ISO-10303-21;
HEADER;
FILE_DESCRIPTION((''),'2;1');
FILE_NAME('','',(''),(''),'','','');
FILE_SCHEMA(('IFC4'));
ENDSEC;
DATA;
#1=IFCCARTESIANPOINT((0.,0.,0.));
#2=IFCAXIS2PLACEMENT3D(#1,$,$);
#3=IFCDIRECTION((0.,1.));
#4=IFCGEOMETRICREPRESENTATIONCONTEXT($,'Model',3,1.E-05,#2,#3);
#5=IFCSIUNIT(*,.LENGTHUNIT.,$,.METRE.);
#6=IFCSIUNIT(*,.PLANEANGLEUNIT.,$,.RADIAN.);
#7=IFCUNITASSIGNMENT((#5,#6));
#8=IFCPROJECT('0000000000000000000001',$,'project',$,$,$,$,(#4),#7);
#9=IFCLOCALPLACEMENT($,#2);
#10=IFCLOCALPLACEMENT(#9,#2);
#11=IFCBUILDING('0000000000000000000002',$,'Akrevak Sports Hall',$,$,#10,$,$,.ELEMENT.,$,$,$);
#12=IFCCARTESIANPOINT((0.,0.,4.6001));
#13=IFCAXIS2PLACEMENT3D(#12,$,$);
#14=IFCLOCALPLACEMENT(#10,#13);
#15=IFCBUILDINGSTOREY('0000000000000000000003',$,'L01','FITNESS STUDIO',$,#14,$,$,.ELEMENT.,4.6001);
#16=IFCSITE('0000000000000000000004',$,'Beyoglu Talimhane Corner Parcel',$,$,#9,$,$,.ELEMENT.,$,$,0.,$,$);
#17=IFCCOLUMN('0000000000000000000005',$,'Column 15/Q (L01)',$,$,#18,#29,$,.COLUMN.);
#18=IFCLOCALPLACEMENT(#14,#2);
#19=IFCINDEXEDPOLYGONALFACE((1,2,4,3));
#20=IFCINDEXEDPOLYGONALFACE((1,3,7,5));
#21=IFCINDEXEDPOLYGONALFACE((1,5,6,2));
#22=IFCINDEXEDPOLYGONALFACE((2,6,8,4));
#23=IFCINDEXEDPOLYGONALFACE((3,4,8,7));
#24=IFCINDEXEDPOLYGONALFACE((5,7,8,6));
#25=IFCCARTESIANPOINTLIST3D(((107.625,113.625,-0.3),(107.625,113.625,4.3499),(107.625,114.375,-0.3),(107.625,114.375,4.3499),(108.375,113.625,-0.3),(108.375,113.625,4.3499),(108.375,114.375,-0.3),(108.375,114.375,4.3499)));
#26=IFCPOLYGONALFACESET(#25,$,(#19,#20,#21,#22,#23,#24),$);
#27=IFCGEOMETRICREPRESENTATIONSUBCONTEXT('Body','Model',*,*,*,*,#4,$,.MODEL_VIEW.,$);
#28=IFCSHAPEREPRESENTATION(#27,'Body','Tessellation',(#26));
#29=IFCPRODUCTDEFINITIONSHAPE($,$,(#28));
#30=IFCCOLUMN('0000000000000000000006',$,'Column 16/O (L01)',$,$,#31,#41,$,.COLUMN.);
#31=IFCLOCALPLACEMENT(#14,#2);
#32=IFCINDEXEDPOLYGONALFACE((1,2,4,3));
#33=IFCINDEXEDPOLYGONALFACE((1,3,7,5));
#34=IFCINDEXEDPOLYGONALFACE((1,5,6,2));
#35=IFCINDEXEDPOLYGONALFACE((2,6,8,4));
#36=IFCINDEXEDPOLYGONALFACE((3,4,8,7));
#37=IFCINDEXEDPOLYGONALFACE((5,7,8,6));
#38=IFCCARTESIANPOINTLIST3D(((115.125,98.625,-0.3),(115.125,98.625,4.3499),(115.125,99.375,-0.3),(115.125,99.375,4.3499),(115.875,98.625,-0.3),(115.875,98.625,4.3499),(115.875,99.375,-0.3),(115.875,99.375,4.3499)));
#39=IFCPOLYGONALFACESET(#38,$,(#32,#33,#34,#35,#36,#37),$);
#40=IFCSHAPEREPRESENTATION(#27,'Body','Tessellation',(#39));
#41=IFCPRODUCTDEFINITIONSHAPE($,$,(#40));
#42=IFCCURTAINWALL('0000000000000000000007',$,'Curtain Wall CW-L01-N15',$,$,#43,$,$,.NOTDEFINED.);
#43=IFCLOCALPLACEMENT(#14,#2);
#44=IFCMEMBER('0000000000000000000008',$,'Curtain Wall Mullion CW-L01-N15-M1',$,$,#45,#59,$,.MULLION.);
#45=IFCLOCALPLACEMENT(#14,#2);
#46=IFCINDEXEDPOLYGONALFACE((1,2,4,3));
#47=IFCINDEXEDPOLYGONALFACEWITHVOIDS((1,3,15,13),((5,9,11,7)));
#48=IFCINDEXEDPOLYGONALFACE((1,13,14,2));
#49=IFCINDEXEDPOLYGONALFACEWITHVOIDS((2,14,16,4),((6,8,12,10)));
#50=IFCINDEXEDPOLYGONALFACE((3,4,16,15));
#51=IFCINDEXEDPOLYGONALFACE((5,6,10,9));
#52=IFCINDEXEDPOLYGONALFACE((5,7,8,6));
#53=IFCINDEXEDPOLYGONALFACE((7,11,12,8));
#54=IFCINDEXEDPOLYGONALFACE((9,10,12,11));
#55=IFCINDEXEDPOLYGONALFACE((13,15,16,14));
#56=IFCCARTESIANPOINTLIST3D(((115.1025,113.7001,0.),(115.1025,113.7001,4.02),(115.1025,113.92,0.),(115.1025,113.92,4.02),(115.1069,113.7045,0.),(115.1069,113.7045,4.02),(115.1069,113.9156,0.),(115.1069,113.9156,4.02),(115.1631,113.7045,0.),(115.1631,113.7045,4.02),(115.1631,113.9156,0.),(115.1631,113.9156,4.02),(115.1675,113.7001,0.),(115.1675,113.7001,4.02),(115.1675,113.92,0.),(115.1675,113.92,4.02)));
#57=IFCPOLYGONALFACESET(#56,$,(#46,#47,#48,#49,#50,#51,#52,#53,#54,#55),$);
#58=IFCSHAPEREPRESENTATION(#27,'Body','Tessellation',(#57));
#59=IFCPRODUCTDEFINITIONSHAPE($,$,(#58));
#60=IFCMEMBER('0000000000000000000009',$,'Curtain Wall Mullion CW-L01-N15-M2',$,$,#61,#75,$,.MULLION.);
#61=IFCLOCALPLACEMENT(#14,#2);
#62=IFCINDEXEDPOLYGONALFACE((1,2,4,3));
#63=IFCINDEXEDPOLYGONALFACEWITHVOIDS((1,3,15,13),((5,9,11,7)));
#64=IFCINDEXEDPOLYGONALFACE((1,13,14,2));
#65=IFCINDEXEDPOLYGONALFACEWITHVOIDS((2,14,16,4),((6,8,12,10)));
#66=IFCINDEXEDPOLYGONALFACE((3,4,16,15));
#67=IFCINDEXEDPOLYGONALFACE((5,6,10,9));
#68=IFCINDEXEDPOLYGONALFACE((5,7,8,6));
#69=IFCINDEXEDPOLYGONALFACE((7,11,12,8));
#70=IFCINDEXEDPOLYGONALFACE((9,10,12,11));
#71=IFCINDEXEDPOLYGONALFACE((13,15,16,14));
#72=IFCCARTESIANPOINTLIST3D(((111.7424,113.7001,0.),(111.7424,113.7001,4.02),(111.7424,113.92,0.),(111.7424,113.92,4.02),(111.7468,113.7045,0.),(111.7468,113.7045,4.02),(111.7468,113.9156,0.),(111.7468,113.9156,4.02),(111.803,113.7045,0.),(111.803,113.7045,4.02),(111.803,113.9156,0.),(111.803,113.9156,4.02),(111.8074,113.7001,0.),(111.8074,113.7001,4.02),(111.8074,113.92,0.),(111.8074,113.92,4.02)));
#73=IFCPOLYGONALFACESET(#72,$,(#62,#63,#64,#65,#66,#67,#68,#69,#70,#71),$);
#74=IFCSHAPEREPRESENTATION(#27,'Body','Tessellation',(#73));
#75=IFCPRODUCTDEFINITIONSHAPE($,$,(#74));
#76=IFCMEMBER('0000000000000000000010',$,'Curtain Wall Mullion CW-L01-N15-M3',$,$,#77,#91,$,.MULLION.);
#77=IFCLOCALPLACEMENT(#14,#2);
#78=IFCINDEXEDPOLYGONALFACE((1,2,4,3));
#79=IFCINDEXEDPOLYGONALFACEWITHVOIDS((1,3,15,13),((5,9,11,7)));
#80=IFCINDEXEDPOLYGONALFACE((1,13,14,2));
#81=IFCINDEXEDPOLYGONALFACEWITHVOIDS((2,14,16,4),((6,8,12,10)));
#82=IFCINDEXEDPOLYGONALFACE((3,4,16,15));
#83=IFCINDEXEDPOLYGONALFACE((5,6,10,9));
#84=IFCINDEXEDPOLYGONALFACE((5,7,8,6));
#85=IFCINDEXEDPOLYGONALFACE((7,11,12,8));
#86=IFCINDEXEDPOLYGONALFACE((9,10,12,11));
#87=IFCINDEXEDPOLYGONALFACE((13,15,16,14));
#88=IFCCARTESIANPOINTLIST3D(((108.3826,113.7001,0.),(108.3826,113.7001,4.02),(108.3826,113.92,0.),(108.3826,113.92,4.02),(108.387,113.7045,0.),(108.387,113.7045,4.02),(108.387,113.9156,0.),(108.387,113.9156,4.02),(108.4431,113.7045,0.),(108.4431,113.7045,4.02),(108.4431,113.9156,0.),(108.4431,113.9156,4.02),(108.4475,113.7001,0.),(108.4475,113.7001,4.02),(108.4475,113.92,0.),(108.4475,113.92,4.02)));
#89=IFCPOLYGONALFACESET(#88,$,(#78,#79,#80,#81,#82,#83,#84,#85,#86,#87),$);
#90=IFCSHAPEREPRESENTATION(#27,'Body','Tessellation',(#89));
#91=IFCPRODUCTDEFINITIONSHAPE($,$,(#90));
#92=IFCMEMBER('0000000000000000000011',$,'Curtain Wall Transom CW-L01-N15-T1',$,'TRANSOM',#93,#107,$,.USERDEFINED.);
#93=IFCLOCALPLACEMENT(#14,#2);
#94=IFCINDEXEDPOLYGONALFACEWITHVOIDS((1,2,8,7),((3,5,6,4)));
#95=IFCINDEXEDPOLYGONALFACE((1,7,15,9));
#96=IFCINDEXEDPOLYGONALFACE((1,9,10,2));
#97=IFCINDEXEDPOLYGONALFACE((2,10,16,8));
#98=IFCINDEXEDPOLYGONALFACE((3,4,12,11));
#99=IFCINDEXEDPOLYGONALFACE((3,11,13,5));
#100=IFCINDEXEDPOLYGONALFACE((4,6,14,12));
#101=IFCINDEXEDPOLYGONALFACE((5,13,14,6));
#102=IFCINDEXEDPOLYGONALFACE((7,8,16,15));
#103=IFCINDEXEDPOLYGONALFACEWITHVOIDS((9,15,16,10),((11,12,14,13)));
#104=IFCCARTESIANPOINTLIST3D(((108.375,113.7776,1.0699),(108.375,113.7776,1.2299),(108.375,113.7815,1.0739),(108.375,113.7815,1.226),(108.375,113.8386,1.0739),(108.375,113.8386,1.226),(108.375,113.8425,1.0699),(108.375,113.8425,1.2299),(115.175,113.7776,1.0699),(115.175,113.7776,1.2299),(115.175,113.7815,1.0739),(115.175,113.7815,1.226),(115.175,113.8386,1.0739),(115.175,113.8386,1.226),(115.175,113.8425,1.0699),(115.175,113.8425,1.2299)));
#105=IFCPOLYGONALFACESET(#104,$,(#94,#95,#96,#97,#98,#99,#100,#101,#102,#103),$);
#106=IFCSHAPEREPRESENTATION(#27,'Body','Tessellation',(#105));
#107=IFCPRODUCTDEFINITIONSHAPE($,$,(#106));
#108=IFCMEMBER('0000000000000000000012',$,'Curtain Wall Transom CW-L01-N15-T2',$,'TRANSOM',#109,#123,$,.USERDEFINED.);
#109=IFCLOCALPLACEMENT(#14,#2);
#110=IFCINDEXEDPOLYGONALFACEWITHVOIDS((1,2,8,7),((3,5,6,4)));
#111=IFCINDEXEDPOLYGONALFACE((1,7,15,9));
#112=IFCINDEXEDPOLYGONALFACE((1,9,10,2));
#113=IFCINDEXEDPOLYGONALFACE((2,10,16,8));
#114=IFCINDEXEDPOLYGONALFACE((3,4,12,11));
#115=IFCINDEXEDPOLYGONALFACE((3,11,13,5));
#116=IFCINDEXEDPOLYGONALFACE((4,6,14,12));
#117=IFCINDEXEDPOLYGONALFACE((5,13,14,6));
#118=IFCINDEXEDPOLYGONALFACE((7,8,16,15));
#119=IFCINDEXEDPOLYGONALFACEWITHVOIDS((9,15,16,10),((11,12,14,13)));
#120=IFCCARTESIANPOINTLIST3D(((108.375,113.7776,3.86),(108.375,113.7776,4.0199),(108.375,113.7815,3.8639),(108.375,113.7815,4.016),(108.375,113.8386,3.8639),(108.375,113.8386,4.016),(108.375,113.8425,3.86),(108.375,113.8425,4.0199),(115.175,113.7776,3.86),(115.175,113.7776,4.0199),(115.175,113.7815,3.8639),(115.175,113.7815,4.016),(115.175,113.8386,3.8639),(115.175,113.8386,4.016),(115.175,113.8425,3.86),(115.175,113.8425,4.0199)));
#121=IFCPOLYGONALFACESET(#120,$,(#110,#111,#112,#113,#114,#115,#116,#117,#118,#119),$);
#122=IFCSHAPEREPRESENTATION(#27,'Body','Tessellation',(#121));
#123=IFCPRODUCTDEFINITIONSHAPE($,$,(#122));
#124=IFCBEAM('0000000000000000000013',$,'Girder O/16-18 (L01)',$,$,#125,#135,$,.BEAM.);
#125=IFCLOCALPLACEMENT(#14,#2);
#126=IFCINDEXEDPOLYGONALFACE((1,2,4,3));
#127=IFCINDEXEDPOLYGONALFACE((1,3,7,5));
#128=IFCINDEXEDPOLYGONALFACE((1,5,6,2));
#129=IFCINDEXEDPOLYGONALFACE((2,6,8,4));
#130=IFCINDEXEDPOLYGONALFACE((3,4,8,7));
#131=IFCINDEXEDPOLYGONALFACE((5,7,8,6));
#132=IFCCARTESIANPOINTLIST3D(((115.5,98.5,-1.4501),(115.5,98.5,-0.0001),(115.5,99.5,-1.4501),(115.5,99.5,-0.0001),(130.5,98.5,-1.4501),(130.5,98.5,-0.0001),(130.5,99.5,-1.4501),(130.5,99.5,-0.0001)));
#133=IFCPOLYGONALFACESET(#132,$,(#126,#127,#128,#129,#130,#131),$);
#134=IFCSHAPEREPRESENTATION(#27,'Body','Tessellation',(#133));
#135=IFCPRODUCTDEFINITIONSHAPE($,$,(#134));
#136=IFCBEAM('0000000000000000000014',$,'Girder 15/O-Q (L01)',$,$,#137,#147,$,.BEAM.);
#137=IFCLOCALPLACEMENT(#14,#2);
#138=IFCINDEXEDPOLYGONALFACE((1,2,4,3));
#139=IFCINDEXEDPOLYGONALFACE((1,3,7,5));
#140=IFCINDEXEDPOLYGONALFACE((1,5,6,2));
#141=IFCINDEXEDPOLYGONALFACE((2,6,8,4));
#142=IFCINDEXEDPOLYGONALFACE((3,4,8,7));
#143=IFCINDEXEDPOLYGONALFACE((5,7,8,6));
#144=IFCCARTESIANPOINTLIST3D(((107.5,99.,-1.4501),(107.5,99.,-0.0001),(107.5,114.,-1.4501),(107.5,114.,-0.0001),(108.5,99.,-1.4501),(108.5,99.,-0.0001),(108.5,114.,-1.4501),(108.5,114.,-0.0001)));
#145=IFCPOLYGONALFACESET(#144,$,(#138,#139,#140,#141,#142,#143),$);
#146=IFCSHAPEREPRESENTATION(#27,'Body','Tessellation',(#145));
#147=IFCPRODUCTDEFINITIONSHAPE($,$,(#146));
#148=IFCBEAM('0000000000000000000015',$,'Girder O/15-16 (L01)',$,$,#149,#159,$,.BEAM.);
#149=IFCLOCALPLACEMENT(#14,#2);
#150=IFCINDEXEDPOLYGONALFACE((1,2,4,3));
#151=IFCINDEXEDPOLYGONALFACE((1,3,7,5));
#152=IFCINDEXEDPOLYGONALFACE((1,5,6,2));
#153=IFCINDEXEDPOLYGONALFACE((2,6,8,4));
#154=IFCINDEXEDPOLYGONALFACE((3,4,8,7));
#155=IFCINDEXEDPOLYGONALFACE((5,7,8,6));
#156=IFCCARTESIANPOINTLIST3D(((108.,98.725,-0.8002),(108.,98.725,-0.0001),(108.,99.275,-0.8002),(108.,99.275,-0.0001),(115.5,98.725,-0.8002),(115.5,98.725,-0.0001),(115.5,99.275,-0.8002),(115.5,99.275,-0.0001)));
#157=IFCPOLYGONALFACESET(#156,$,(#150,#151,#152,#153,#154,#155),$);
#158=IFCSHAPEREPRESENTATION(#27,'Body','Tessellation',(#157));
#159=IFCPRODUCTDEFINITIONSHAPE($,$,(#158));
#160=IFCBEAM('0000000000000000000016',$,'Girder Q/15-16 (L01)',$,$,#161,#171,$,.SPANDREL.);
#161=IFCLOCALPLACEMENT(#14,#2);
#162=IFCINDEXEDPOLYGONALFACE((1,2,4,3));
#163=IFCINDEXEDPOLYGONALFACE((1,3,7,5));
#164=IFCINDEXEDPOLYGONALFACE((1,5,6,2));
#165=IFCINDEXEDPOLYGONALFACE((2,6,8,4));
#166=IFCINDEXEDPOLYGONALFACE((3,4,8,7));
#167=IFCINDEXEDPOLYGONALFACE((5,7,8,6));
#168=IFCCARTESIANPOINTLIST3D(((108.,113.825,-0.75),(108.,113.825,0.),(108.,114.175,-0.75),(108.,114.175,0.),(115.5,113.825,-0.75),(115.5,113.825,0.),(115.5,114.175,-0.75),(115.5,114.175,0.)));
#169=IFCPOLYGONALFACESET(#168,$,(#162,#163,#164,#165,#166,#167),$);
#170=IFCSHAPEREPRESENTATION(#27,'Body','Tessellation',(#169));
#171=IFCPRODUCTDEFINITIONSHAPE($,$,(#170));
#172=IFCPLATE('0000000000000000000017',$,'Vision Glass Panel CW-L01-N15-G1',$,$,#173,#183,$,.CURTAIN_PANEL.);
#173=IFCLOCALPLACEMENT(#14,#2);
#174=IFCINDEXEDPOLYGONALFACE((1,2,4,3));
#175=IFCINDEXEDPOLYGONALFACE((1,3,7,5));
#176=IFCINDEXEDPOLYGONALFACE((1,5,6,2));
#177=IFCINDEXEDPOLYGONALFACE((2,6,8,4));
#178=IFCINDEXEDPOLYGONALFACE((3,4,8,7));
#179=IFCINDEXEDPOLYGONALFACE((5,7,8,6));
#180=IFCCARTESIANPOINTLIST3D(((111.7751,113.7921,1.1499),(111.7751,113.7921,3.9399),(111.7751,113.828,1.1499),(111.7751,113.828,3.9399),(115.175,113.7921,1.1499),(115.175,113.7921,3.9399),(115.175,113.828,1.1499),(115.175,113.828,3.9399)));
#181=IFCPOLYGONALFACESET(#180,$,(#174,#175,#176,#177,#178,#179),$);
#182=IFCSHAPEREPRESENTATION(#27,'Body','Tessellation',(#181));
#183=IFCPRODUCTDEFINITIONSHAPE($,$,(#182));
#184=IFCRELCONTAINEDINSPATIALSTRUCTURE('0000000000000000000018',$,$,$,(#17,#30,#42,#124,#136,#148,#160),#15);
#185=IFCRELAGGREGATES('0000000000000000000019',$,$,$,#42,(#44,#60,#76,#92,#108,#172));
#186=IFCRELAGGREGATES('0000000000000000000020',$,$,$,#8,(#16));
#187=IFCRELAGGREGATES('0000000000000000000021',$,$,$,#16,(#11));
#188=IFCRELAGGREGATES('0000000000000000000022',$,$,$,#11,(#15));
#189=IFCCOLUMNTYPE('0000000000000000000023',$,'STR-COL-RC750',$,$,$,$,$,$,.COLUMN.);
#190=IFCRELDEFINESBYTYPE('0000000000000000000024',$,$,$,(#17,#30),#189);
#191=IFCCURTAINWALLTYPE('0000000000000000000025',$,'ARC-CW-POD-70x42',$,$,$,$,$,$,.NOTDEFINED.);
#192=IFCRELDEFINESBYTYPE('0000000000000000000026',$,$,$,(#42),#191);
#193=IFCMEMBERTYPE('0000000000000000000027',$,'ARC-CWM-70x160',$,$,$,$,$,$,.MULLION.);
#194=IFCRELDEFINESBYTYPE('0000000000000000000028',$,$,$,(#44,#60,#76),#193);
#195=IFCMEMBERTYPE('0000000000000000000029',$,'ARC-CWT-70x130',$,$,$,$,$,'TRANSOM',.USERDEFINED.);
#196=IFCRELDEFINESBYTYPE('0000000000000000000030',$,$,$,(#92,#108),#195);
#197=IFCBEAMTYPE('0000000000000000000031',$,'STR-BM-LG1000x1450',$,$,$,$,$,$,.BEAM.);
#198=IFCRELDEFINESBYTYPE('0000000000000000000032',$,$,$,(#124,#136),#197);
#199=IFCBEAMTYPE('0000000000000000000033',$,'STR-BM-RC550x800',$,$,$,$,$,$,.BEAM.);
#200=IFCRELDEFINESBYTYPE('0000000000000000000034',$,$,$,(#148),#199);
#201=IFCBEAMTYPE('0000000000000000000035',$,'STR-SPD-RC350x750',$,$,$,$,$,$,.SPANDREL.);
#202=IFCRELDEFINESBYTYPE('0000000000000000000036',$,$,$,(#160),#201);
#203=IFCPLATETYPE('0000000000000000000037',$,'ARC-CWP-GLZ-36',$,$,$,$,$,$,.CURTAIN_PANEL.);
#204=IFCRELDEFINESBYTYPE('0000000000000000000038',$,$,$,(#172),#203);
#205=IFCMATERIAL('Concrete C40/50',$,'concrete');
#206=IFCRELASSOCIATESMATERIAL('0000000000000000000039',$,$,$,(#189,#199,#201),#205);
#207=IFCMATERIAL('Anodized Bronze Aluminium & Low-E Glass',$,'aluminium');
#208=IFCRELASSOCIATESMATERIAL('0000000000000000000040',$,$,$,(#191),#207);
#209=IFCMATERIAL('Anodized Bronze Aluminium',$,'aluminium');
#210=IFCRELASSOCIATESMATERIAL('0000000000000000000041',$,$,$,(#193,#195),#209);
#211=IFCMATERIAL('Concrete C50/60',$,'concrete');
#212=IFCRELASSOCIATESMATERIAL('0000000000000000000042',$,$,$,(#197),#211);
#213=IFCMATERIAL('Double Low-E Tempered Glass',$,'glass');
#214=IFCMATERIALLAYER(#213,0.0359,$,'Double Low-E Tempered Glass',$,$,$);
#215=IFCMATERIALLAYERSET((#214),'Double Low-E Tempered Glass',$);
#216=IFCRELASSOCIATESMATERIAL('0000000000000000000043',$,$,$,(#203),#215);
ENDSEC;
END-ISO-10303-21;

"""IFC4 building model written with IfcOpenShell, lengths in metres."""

from ifc_helpers import new_model, si_unit, direction, frame, origin, origin_2d, place, context, subcontext, project, spatial, rectangle, hollow_rectangle, extrude, material, layer, layer_set, material_profile, profile_set, type_object, element, aggregate, save


model = new_model("IFC4")

# Units and contexts
model_context = context("Model", 3, precision=1e-05, world=origin(), true_north=direction((0.0, 1.0)))
body_context = subcontext(model_context, "Body", "Model", "MODEL_VIEW")
ifc_project = project(units=[si_unit("LENGTHUNIT", "METRE"), si_unit("PLANEANGLEUNIT", "RADIAN")], contexts=[model_context])

# Site, building, storey
site_placement = place(None, origin())
site = spatial("IfcSite", under=ifc_project, at=site_placement, Name="Beyoglu Talimhane Corner Parcel", CompositionType="ELEMENT", RefElevation=0.0)
building_placement = place(site_placement, origin())
building = spatial("IfcBuilding", under=site, at=building_placement, Name="Akrevak Sports Hall", CompositionType="ELEMENT")
storey_placement = place(building_placement, frame((0.0, 0.0, 4.6001)))
storey = spatial("IfcBuildingStorey", under=building, at=storey_placement, Name="L01", Description="FITNESS STUDIO", CompositionType="ELEMENT", Elevation=4.6001)

# Columns
ifc_material_1 = material(Name="Concrete C40/50", Category="concrete")
ifc_material_profile_1 = material_profile(ifc_material_1, rectangle(XDim=0.75, YDim=0.75, at=origin_2d()), Name="RC 750x750", Category="concrete")
ifc_profile_set_1 = profile_set([ifc_material_profile_1], Name="Concrete C40/50")
column_type = type_object("IfcColumnType", Name="STR-COL-RC750", PredefinedType="COLUMN", material=ifc_profile_set_1)
for number, where, z_axis, x_axis, name in (
    (1, (108.0, 114.0, -0.3), (0.0, 0.0, 1.0), (1.0, 0.0, 0.0), "Column 15/Q (L01)"),
    (2, (115.5, 99.0, -0.3), (0.0, 0.0, 1.0), (1.0, 0.0, 0.0), "Column 16/O (L01)"),
):
    element("IfcColumn", number, at=place(storey_placement, frame(where, z_axis=z_axis, x_axis=x_axis)), inside=storey, type_object=column_type, Name=name, PredefinedType="COLUMN", context=body_context, shape_type="SweptSolid", body=[
        extrude(rectangle(XDim=0.75, YDim=0.75, at=origin_2d()), origin(), (0.0, 0.0, 1.0), 4.6499),
    ])

# Curtain wall, members
ifc_material_2 = material(Name="Anodized Bronze Aluminium & Low-E Glass", Category="aluminium")
curtain_wall_type = type_object("IfcCurtainWallType", Name="ARC-CW-POD-70x42", PredefinedType="NOTDEFINED", material=ifc_material_2)
curtain_wall_placement = place(storey_placement, origin())
curtain_wall = element("IfcCurtainWall", 3, at=curtain_wall_placement, inside=storey, type_object=curtain_wall_type, Name="Curtain Wall CW-L01-N15", PredefinedType="NOTDEFINED")
ifc_material_3 = material(Name="Anodized Bronze Aluminium", Category="aluminium")
ifc_material_profile_2 = material_profile(ifc_material_3, hollow_rectangle(XDim=0.0649, YDim=0.22, WallThickness=0.0044, at=origin_2d()), Name="CWM 65x220", Category="aluminium")
ifc_profile_set_2 = profile_set([ifc_material_profile_2], Name="Anodized Bronze Aluminium")
member_type_1 = type_object("IfcMemberType", Name="ARC-CWM-70x160", PredefinedType="MULLION", material=ifc_profile_set_2)
member_1_placement = place(storey_placement, frame((115.135, 113.8101, 0.0), z_axis=(0.0, 0.0, 1.0), x_axis=(-1.0, 0.0, 0.0)))
member_1 = element("IfcMember", 4, at=member_1_placement, type_object=member_type_1, Name="Curtain Wall Mullion CW-L01-N15-M1", PredefinedType="MULLION", context=body_context, shape_type="SweptSolid", body=[
    extrude(hollow_rectangle(XDim=0.0649, YDim=0.22, WallThickness=0.0044, at=origin_2d()), origin(), (0.0, 0.0, 1.0), 4.02),
])
member_2_placement = place(storey_placement, frame((111.7749, 113.8101, 0.0), z_axis=(0.0, 0.0, 1.0), x_axis=(-1.0, 0.0, 0.0)))
member_2 = element("IfcMember", 5, at=member_2_placement, type_object=member_type_1, Name="Curtain Wall Mullion CW-L01-N15-M2", PredefinedType="MULLION", context=body_context, shape_type="SweptSolid", body=[
    extrude(hollow_rectangle(XDim=0.0649, YDim=0.22, WallThickness=0.0044, at=origin_2d()), origin(), (0.0, 0.0, 1.0), 4.02),
])
member_3_placement = place(storey_placement, frame((108.415, 113.8101, 0.0), z_axis=(0.0, 0.0, 1.0), x_axis=(-1.0, 0.0, 0.0)))
member_3 = element("IfcMember", 6, at=member_3_placement, type_object=member_type_1, Name="Curtain Wall Mullion CW-L01-N15-M3", PredefinedType="MULLION", context=body_context, shape_type="SweptSolid", body=[
    extrude(hollow_rectangle(XDim=0.0649, YDim=0.22, WallThickness=0.0044, at=origin_2d()), origin(), (0.0, 0.0, 1.0), 4.02),
])
ifc_material_profile_3 = material_profile(ifc_material_3, hollow_rectangle(XDim=0.0649, YDim=0.1599, WallThickness=0.0039, at=origin_2d()), Name="CWT 65x160", Category="aluminium")
ifc_profile_set_3 = profile_set([ifc_material_profile_3], Name="Anodized Bronze Aluminium")
member_type_2 = type_object("IfcMemberType", Name="ARC-CWT-70x130", ElementType="TRANSOM", PredefinedType="USERDEFINED", material=ifc_profile_set_3)
member_4_placement = place(storey_placement, frame((115.175, 113.8101, 1.1499), z_axis=(-1.0, 0.0, 0.0), x_axis=(0.0, -1.0, 0.0)))
member_4 = element("IfcMember", 7, at=member_4_placement, type_object=member_type_2, Name="Curtain Wall Transom CW-L01-N15-T1", ObjectType="TRANSOM", PredefinedType="USERDEFINED", context=body_context, shape_type="SweptSolid", body=[
    extrude(hollow_rectangle(XDim=0.0649, YDim=0.1599, WallThickness=0.0039, at=origin_2d()), origin(), (0.0, 0.0, 1.0), 6.8),
])
member_5_placement = place(storey_placement, frame((115.175, 113.8101, 3.9399), z_axis=(-1.0, 0.0, 0.0), x_axis=(0.0, -1.0, 0.0)))
member_5 = element("IfcMember", 8, at=member_5_placement, type_object=member_type_2, Name="Curtain Wall Transom CW-L01-N15-T2", ObjectType="TRANSOM", PredefinedType="USERDEFINED", context=body_context, shape_type="SweptSolid", body=[
    extrude(hollow_rectangle(XDim=0.0649, YDim=0.1599, WallThickness=0.0039, at=origin_2d()), origin(), (0.0, 0.0, 1.0), 6.8),
])

# Beams
ifc_material_4 = material(Name="Concrete C50/60", Category="concrete")
ifc_material_profile_4 = material_profile(ifc_material_4, rectangle(XDim=1.0, YDim=1.45, at=origin_2d()), Name="BM 1000x1450", Category="concrete")
ifc_profile_set_4 = profile_set([ifc_material_profile_4], Name="Concrete C50/60")
beam_type_1 = type_object("IfcBeamType", Name="STR-BM-LG1000x1450", PredefinedType="BEAM", material=ifc_profile_set_4)
for number, where, z_axis, x_axis, name in (
    (9, (115.5, 99.0, -0.7251), (1.0, 0.0, 0.0), (0.0, 1.0, 0.0), "Girder O/16-18 (L01)"),
    (10, (108.0, 99.0, -0.7251), (0.0, 1.0, 0.0), (-1.0, 0.0, 0.0), "Girder 15/O-Q (L01)"),
):
    element("IfcBeam", number, at=place(storey_placement, frame(where, z_axis=z_axis, x_axis=x_axis)), inside=storey, type_object=beam_type_1, Name=name, PredefinedType="BEAM", context=body_context, shape_type="SweptSolid", body=[
        extrude(rectangle(XDim=1.0, YDim=1.45, at=origin_2d()), origin(), (0.0, 0.0, 1.0), 15.0),
    ])
ifc_material_profile_5 = material_profile(ifc_material_1, rectangle(XDim=0.55, YDim=0.8, at=origin_2d()), Name="BM 550x800", Category="concrete")
ifc_profile_set_5 = profile_set([ifc_material_profile_5], Name="Concrete C40/50")
beam_type_2 = type_object("IfcBeamType", Name="STR-BM-RC550x800", PredefinedType="BEAM", material=ifc_profile_set_5)
beam_1_placement = place(storey_placement, frame((108.0, 99.0, -0.4001), z_axis=(1.0, 0.0, 0.0), x_axis=(0.0, 1.0, 0.0)))
element("IfcBeam", 11, at=beam_1_placement, inside=storey, type_object=beam_type_2, Name="Girder O/15-16 (L01)", PredefinedType="BEAM", context=body_context, shape_type="SweptSolid", body=[
    extrude(rectangle(XDim=0.55, YDim=0.8, at=origin_2d()), origin(), (0.0, 0.0, 1.0), 7.5),
])
ifc_material_profile_6 = material_profile(ifc_material_1, rectangle(XDim=0.3501, YDim=0.75, at=origin_2d()), Name="SPD 350x750", Category="concrete")
ifc_profile_set_6 = profile_set([ifc_material_profile_6], Name="Concrete C40/50")
beam_type_3 = type_object("IfcBeamType", Name="STR-SPD-RC350x750", PredefinedType="SPANDREL", material=ifc_profile_set_6)
beam_2_placement = place(storey_placement, frame((108.0, 114.0, -0.375), z_axis=(1.0, 0.0, 0.0), x_axis=(0.0, 1.0, 0.0)))
element("IfcBeam", 12, at=beam_2_placement, inside=storey, type_object=beam_type_3, Name="Girder Q/15-16 (L01)", PredefinedType="SPANDREL", context=body_context, shape_type="SweptSolid", body=[
    extrude(rectangle(XDim=0.3501, YDim=0.75, at=origin_2d()), origin(), (0.0, 0.0, 1.0), 7.5),
])

# Plate
ifc_material_5 = material(Name="Double Low-E Tempered Glass", Category="glass")
ifc_layer_1 = layer(ifc_material_5, 0.0359, Name="Double Low-E Tempered Glass")
ifc_layer_set_1 = layer_set([ifc_layer_1], Name="Double Low-E Tempered Glass")
plate_type_1 = type_object("IfcPlateType", Name="ARC-CWP-GLZ-36", PredefinedType="CURTAIN_PANEL", material=ifc_layer_set_1)
plate_1_placement = place(storey_placement, frame((113.4751, 113.8101, 1.1499), z_axis=(0.0, 0.0, 1.0), x_axis=(-1.0, 0.0, 0.0)))
plate_1 = element("IfcPlate", 13, at=plate_1_placement, type_object=plate_type_1, Name="Vision Glass Panel CW-L01-N15-G1", PredefinedType="CURTAIN_PANEL", context=body_context, shape_type="SweptSolid", body=[
    extrude(rectangle(XDim=3.3999, YDim=0.0359, at=origin_2d()), origin(), (0.0, 0.0, 1.0), 2.79),
])
aggregate(curtain_wall, [member_1, member_2, member_3, member_4, member_5, plate_1])

save(model, "model.ifc")
